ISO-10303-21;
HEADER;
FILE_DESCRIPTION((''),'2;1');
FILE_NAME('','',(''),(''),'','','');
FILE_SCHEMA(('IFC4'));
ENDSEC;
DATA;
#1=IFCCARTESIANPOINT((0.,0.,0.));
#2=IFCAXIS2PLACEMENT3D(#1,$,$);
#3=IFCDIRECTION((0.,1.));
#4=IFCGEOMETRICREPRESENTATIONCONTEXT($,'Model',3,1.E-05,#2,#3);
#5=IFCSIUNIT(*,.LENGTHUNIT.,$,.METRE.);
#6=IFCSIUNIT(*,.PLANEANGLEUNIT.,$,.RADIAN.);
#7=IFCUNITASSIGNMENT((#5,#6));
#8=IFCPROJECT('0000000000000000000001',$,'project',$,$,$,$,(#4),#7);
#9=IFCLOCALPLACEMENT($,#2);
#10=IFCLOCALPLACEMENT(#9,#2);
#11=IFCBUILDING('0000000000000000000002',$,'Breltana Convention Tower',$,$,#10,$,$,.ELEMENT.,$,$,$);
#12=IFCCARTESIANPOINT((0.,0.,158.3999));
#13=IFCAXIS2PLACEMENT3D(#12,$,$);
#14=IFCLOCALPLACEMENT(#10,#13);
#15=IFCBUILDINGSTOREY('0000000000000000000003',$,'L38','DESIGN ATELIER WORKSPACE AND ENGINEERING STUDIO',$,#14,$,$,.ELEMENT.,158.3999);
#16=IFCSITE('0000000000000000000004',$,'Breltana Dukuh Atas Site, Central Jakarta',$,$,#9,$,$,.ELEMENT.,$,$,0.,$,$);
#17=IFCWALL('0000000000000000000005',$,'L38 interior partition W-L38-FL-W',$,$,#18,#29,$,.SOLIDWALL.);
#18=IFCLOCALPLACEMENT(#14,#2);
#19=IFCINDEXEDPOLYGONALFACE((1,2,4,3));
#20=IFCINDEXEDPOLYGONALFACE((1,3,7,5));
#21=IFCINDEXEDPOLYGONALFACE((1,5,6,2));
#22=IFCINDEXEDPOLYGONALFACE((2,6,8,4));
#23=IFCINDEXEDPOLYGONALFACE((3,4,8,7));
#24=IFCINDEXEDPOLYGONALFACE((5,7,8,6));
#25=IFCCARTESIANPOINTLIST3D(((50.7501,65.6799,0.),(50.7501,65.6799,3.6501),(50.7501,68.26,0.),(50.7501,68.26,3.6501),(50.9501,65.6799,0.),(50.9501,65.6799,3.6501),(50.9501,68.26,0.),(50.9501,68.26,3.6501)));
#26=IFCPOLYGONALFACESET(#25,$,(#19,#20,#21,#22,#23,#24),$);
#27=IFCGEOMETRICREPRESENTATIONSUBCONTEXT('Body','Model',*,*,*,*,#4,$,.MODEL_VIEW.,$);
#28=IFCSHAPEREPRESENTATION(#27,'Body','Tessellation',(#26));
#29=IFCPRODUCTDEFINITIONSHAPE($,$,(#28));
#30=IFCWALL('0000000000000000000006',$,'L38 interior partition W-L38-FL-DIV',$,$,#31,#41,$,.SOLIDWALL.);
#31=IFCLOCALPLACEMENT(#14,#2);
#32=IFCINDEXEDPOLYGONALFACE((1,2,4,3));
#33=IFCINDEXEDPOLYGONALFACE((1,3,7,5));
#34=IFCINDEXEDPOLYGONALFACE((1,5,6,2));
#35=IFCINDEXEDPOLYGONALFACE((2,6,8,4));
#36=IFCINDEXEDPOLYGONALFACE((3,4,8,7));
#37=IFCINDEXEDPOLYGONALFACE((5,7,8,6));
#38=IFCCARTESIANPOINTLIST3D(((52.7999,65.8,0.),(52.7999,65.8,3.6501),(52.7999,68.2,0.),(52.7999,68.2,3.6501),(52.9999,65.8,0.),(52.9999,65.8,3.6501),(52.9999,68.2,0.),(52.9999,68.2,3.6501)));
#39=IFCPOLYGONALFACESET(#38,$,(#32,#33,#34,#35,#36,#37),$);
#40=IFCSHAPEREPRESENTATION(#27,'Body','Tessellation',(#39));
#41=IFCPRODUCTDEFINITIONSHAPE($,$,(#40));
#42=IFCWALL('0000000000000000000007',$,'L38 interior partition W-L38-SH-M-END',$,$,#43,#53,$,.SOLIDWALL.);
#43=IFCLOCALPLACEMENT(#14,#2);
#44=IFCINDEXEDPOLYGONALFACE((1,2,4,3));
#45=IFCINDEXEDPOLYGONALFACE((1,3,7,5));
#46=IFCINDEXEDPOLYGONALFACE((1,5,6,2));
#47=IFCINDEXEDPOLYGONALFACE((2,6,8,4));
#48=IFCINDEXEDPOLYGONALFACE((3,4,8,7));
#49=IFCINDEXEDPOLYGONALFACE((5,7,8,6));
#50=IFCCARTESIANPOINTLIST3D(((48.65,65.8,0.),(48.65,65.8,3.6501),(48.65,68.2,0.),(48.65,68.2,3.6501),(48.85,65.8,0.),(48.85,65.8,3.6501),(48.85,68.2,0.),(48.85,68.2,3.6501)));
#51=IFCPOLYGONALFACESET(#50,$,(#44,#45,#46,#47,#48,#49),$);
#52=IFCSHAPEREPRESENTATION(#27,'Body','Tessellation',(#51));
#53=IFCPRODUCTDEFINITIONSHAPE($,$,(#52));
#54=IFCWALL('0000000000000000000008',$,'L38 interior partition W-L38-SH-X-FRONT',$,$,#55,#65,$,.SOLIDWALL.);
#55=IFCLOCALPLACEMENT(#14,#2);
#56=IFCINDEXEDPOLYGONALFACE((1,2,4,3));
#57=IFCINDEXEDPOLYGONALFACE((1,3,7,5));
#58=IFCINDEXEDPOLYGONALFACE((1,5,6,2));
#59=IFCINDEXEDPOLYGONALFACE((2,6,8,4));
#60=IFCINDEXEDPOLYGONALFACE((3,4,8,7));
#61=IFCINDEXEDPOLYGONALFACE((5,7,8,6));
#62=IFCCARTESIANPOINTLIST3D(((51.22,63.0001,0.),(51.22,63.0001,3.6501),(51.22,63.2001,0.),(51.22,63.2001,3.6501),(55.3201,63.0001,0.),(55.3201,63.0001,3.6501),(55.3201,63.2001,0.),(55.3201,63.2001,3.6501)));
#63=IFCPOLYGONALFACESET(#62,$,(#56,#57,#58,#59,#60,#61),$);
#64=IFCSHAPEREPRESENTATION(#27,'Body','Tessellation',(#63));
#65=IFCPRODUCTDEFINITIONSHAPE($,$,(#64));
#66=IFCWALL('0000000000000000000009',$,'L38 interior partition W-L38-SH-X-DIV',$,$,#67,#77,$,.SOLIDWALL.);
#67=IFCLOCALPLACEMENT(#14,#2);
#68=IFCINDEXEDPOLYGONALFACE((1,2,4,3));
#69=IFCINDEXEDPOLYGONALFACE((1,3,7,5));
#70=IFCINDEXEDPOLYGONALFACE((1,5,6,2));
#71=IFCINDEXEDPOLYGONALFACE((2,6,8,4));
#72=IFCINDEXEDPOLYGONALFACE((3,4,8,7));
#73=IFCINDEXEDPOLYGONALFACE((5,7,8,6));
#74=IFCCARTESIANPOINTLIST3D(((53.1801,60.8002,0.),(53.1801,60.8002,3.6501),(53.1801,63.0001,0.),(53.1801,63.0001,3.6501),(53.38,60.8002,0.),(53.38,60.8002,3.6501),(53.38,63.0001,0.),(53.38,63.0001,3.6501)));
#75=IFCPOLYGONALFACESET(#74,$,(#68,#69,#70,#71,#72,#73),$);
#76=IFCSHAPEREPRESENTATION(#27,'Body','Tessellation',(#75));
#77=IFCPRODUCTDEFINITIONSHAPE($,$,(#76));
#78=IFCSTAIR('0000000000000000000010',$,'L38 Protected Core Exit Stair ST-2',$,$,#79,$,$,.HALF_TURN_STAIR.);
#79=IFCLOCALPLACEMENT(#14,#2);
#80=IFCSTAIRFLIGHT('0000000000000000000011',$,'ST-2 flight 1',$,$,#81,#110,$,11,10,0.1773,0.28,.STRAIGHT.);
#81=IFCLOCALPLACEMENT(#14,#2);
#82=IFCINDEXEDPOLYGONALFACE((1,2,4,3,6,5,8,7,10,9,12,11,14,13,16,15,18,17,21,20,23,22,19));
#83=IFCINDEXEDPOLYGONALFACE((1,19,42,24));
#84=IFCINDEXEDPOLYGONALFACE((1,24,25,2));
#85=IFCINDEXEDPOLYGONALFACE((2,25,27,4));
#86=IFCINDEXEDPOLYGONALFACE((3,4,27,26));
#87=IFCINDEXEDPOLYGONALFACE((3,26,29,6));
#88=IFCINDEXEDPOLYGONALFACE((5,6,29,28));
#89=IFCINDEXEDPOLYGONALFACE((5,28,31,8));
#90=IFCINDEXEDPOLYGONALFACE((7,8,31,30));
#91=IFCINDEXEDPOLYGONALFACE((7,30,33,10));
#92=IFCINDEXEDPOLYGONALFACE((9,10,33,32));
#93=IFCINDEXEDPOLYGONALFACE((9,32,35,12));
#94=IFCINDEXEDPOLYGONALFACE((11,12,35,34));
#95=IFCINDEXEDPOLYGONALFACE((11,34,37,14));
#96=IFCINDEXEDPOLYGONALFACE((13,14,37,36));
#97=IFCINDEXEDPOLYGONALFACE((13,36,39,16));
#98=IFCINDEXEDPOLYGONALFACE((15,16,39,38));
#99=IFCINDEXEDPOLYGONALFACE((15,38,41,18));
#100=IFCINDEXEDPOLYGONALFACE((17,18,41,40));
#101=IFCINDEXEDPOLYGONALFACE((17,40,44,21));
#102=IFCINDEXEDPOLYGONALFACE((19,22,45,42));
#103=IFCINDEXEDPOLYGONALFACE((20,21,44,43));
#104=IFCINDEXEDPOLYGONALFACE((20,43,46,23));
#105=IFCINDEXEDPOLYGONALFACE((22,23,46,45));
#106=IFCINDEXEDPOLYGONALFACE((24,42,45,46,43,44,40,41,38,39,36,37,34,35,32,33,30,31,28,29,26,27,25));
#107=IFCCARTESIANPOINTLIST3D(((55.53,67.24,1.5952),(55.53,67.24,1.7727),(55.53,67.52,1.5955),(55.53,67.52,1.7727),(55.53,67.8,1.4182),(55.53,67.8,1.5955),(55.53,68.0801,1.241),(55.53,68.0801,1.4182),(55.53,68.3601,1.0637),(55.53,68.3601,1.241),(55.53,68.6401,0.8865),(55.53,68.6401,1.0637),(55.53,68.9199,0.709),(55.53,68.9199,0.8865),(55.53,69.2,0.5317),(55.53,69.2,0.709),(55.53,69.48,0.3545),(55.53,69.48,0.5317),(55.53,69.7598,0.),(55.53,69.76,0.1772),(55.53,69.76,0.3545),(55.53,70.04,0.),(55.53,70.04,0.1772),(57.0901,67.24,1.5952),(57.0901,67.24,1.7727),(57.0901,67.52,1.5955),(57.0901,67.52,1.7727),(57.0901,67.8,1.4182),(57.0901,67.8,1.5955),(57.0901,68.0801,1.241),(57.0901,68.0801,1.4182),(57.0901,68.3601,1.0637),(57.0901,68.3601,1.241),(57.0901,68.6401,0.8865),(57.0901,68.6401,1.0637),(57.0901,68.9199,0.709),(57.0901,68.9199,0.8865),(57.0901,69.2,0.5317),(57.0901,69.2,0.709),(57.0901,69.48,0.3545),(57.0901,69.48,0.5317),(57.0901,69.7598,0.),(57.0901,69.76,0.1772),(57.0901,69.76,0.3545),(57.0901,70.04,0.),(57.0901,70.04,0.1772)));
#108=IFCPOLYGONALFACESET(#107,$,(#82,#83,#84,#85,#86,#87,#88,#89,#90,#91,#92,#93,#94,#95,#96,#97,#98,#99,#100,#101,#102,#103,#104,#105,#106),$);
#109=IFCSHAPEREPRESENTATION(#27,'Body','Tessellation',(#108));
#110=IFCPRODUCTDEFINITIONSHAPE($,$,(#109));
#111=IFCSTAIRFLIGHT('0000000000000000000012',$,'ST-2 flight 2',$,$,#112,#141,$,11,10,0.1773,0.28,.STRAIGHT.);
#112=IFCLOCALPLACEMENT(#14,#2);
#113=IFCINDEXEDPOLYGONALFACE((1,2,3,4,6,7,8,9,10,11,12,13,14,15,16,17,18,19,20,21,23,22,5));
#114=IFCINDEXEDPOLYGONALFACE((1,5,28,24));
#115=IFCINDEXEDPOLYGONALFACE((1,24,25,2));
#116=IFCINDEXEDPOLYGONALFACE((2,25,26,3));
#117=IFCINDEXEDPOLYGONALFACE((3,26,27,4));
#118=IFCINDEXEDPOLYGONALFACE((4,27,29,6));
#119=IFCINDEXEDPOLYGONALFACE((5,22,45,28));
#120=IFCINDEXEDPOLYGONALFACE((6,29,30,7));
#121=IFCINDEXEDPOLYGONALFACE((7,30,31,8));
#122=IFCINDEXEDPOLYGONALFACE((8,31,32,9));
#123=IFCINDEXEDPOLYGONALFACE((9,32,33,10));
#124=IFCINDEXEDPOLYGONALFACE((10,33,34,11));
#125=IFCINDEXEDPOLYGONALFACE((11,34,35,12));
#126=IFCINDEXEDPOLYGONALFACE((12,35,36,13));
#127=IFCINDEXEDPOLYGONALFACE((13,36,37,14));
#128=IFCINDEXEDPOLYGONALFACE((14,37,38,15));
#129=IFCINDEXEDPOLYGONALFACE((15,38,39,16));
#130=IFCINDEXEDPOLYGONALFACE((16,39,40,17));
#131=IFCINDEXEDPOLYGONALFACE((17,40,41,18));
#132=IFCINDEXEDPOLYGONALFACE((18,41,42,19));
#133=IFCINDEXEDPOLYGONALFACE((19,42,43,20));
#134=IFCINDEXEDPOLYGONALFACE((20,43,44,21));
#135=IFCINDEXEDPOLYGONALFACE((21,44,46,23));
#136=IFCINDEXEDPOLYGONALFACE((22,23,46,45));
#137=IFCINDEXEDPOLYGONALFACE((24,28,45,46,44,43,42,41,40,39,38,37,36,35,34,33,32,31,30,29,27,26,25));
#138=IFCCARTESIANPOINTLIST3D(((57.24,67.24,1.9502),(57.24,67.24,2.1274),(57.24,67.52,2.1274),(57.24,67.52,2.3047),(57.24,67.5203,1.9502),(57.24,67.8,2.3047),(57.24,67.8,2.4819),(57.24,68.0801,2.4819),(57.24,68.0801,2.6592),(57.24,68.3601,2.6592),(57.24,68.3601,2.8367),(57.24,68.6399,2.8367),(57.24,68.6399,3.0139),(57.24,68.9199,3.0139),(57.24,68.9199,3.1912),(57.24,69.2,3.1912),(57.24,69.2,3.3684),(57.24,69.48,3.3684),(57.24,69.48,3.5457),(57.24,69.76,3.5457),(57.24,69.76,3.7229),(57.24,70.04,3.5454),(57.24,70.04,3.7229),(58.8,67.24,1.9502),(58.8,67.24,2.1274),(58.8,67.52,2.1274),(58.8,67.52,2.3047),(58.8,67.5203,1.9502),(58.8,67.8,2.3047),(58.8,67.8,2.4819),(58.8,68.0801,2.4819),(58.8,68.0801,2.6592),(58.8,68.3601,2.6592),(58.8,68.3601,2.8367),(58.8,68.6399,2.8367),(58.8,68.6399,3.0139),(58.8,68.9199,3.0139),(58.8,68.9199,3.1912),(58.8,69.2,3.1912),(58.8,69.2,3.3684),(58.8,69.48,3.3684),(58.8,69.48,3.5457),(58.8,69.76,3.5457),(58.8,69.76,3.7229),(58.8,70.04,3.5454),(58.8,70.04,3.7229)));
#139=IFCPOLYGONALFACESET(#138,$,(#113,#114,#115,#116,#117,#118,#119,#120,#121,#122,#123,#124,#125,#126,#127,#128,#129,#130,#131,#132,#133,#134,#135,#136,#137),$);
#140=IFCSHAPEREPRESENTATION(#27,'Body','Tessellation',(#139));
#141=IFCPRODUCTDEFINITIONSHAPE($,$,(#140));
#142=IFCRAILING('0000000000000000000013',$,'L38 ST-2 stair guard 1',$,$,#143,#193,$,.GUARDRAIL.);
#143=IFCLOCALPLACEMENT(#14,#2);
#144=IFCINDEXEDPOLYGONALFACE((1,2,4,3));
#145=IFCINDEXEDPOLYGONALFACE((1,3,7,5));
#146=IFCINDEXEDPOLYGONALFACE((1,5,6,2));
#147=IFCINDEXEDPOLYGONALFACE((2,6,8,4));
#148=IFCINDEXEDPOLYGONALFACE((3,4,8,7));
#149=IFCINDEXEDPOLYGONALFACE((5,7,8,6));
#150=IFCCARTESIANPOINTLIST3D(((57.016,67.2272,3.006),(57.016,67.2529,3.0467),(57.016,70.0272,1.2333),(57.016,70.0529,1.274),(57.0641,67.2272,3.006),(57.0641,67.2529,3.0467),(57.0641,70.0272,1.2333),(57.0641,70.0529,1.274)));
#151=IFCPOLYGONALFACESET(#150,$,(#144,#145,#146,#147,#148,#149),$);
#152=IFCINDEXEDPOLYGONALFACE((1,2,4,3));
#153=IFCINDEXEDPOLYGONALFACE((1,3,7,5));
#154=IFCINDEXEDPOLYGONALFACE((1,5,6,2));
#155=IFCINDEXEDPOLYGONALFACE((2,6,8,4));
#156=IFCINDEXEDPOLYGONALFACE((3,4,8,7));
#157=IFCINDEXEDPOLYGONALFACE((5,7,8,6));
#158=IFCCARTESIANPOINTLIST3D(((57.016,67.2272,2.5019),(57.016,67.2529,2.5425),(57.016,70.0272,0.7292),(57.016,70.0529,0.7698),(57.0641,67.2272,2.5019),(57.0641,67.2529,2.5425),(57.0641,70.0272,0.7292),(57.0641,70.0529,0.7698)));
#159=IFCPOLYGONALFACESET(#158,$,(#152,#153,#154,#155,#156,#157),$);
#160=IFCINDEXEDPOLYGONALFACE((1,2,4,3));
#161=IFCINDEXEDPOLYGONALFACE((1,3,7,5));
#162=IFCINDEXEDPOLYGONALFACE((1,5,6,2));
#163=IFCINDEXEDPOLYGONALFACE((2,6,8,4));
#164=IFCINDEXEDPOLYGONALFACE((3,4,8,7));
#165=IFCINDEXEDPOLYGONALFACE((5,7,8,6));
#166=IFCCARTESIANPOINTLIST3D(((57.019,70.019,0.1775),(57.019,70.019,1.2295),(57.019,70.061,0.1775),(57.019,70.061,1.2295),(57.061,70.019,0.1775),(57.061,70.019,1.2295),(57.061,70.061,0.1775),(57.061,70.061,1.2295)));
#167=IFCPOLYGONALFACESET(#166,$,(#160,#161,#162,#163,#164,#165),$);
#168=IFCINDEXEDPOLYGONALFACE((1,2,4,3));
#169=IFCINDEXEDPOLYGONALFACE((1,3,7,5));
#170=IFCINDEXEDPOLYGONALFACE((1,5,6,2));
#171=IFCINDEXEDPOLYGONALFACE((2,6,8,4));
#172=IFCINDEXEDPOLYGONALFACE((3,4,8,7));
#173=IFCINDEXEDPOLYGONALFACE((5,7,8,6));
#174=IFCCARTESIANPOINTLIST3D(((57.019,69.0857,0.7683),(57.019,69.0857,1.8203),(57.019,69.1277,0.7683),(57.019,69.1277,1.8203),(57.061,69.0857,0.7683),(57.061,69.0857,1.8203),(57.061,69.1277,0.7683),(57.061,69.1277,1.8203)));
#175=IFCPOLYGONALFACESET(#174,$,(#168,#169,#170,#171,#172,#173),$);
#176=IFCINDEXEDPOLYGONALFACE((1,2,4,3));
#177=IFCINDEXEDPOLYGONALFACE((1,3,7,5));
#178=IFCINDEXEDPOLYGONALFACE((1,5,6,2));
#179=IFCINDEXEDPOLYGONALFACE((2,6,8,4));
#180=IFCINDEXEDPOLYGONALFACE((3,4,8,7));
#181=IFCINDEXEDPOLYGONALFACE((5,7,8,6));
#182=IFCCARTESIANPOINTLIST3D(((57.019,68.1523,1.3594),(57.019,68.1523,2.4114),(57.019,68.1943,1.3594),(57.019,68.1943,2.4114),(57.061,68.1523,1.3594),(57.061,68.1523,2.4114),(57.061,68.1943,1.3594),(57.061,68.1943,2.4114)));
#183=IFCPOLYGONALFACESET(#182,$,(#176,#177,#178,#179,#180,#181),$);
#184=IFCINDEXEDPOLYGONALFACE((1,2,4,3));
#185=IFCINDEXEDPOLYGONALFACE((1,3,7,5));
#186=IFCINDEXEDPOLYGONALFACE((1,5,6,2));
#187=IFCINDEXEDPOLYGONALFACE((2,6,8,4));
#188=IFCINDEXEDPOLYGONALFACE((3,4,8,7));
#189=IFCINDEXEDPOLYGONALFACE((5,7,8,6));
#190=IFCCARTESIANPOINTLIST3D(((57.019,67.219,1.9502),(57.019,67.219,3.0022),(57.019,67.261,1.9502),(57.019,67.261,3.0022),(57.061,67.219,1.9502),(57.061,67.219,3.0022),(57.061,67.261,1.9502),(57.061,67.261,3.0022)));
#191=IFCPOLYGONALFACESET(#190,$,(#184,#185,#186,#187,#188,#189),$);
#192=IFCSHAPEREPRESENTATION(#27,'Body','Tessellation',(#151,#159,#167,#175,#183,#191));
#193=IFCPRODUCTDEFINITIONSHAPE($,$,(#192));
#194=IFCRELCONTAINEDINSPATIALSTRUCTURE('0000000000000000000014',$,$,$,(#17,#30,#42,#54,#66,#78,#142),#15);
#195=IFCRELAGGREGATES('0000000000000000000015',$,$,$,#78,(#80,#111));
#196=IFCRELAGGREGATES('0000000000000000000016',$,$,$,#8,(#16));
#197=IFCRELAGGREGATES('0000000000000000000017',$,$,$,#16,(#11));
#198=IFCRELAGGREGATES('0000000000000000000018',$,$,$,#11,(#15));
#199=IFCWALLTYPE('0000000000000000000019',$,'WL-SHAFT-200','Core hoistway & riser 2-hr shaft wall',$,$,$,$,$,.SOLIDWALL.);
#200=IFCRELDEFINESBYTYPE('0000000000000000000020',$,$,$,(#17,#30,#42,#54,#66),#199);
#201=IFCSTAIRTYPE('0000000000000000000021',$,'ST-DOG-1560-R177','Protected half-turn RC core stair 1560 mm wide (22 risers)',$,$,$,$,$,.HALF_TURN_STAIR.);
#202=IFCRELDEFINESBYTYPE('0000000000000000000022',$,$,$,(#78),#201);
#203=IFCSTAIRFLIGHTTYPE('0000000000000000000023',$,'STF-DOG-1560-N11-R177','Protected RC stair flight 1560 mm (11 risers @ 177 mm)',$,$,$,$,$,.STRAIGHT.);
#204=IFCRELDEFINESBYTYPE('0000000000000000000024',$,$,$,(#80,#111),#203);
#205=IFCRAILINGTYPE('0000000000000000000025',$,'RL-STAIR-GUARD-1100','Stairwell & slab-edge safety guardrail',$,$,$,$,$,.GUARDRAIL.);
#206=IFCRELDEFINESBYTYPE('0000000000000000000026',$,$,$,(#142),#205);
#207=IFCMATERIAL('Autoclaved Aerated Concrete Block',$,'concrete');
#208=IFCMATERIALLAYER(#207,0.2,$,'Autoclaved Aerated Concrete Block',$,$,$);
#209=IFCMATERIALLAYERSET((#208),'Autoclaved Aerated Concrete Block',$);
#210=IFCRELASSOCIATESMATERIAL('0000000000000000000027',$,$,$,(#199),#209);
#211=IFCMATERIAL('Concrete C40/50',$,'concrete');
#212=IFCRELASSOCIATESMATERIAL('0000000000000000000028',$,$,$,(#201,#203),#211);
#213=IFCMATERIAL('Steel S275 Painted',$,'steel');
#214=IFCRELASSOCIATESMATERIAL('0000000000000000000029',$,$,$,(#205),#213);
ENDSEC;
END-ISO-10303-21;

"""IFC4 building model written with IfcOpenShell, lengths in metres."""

from ifc_helpers import new_model, si_unit, direction, frame, frame_2d, origin, origin_2d, place, context, subcontext, project, spatial, polyline, rectangle, outline, extrude, source, transform, mapped, material, layer, layer_set, type_object, element, aggregate, save


model = new_model("IFC4")

# Units and contexts
model_context = context("Model", 3, precision=1e-05, world=origin(), true_north=direction((0.0, 1.0)))
body_context = subcontext(model_context, "Body", "Model", "MODEL_VIEW")
ifc_project = project(units=[si_unit("LENGTHUNIT", "METRE"), si_unit("PLANEANGLEUNIT", "RADIAN")], contexts=[model_context])

# Site, building, storey
site_placement = place(None, origin())
site = spatial("IfcSite", under=ifc_project, at=site_placement, Name="Breltana Dukuh Atas Site, Central Jakarta", CompositionType="ELEMENT", RefElevation=0.0)
building_placement = place(site_placement, origin())
building = spatial("IfcBuilding", under=site, at=building_placement, Name="Breltana Convention Tower", CompositionType="ELEMENT")
storey_placement = place(building_placement, frame((0.0, 0.0, 158.3999)))
storey = spatial("IfcBuildingStorey", under=building, at=storey_placement, Name="L38", Description="DESIGN ATELIER WORKSPACE AND ENGINEERING STUDIO", CompositionType="ELEMENT", Elevation=158.3999)

# Shared definitions
ifc_material_1 = material(Name="Autoclaved Aerated Concrete Block", Category="concrete")
ifc_layer_1 = layer(ifc_material_1, 0.2, Name="Autoclaved Aerated Concrete Block")
ifc_layer_set_1 = layer_set([ifc_layer_1], Name="Autoclaved Aerated Concrete Block")
wall_type_1 = type_object("IfcWallType", Name="WL-SHAFT-200", Description="Core hoistway & riser 2-hr shaft wall", PredefinedType="SOLIDWALL", material=ifc_layer_set_1)

# Walls
shared_shape_1 = source(origin(), body_context, "Body", "SweptSolid", [
    extrude(rectangle(XDim=2.5801, YDim=0.2, at=frame_2d((1.29, 0.0))), origin(), (0.0, 0.0, 1.0), 3.6501),
])
wall_1_placement = place(storey_placement, frame((50.8501, 65.6799, 0.0), z_axis=(0.0, 0.0, 1.0), x_axis=(0.0, 1.0, 0.0)))
element("IfcWall", 1, at=wall_1_placement, inside=storey, type_object=wall_type_1, Name="L38 interior partition W-L38-FL-W", PredefinedType="SOLIDWALL", context=body_context, shape_type="MappedRepresentation", body=[
    mapped(shared_shape_1, transform((0.0, 0.0, 0.0), scale=1.0)),
])
shared_shape_2 = source(origin(), body_context, "Body", "SweptSolid", [
    extrude(rectangle(XDim=2.3999, YDim=0.2, at=frame_2d((1.2, 0.0))), origin(), (0.0, 0.0, 1.0), 3.6501),
])
for number, where, z_axis, x_axis, name in (
    (2, (52.8999, 65.8, 0.0), (0.0, 0.0, 1.0), (0.0, 1.0, 0.0), "L38 interior partition W-L38-FL-DIV"),
    (3, (48.75, 65.8, 0.0), (0.0, 0.0, 1.0), (0.0, 1.0, 0.0), "L38 interior partition W-L38-SH-M-END"),
):
    element("IfcWall", number, at=place(storey_placement, frame(where, z_axis=z_axis, x_axis=x_axis)), inside=storey, type_object=wall_type_1, Name=name, PredefinedType="SOLIDWALL", context=body_context, shape_type="MappedRepresentation", body=[
        mapped(shared_shape_2, transform((0.0, 0.0, 0.0), scale=1.0)),
    ])
shared_shape_3 = source(origin(), body_context, "Body", "SweptSolid", [
    extrude(rectangle(XDim=4.1001, YDim=0.2, at=frame_2d((2.05, 0.0))), origin(), (0.0, 0.0, 1.0), 3.6501),
])
wall_2_placement = place(storey_placement, frame((51.22, 63.1001, 0.0), z_axis=(0.0, 0.0, 1.0), x_axis=(1.0, 0.0, 0.0)))
element("IfcWall", 4, at=wall_2_placement, inside=storey, type_object=wall_type_1, Name="L38 interior partition W-L38-SH-X-FRONT", PredefinedType="SOLIDWALL", context=body_context, shape_type="MappedRepresentation", body=[
    mapped(shared_shape_3, transform((0.0, 0.0, 0.0), scale=1.0)),
])
shared_shape_4 = source(origin(), body_context, "Body", "SweptSolid", [
    extrude(rectangle(XDim=2.2, YDim=0.2, at=frame_2d((1.1001, 0.0))), origin(), (0.0, 0.0, 1.0), 3.6501),
])
wall_3_placement = place(storey_placement, frame((53.28, 60.8, 0.0), z_axis=(0.0, 0.0, 1.0), x_axis=(0.0, 1.0, 0.0)))
element("IfcWall", 5, at=wall_3_placement, inside=storey, type_object=wall_type_1, Name="L38 interior partition W-L38-SH-X-DIV", PredefinedType="SOLIDWALL", context=body_context, shape_type="MappedRepresentation", body=[
    mapped(shared_shape_4, transform((0.0, 0.0, 0.0), scale=1.0)),
])

# Stair, stair flights
ifc_material_2 = material(Name="Concrete C40/50", Category="concrete")
stair_type = type_object("IfcStairType", Name="ST-DOG-1560-R177", Description="Protected half-turn RC core stair 1560 mm wide (22 risers)", PredefinedType="HALF_TURN_STAIR", material=ifc_material_2)
stair_placement = place(storey_placement, origin())
stair = element("IfcStair", 6, at=stair_placement, inside=storey, type_object=stair_type, Name="L38 Protected Core Exit Stair ST-2", PredefinedType="HALF_TURN_STAIR")
stair_flight_type = type_object("IfcStairFlightType", Name="STF-DOG-1560-N11-R177", Description="Protected RC stair flight 1560 mm (11 risers @ 177 mm)", PredefinedType="STRAIGHT", material=ifc_material_2)
stair_flight_1_placement = place(storey_placement, frame((56.3101, 70.04, 0.0), z_axis=(0.0, 0.0, 1.0), x_axis=(0.0, -1.0, 0.0)))
stair_flight_1 = element("IfcStairFlight", 7, at=stair_flight_1_placement, type_object=stair_flight_type, Name="ST-2 flight 1", NumberOfRisers=11, NumberOfTreads=10, PredefinedType="STRAIGHT", RiserHeight=0.1773, TreadLength=0.28, context=body_context, shape_type="SweptSolid", body=[
    extrude(outline(polyline([(0.0, 0.0), (0.0, 0.1772), (0.28, 0.1772), (0.28, 0.3545), (0.5601, 0.3545), (0.5601, 0.5317), (0.8401, 0.5317), (0.8401, 0.709), (1.1201, 0.709), (1.1201, 0.8865), (1.3999, 0.8865), (1.3999, 1.0637), (1.6799, 1.0637), (1.6799, 1.241), (1.96, 1.241), (1.96, 1.4182), (2.24, 1.4182), (2.24, 1.5955), (2.52, 1.5955), (2.52, 1.7727), (2.8, 1.7727), (2.8, 1.95), (2.8, 1.5952), (0.2803, 0.0), (0.0, 0.0)])), frame((0.0, 0.78, 0.0), z_axis=(0.0, -1.0, 0.0), x_axis=(1.0, 0.0, 0.0)), (0.0, 0.0, 1.0), 1.5601),
])
stair_flight_2_placement = place(storey_placement, frame((58.02, 67.24, 1.9502), z_axis=(0.0, 0.0, 1.0), x_axis=(0.0, 1.0, 0.0)))
stair_flight_2 = element("IfcStairFlight", 8, at=stair_flight_2_placement, type_object=stair_flight_type, Name="ST-2 flight 2", NumberOfRisers=11, NumberOfTreads=10, PredefinedType="STRAIGHT", RiserHeight=0.1773, TreadLength=0.28, context=body_context, shape_type="SweptSolid", body=[
    extrude(outline(polyline([(0.0, 0.0), (0.0, 0.1772), (0.28, 0.1772), (0.28, 0.3545), (0.5601, 0.3545), (0.5601, 0.5317), (0.8401, 0.5317), (0.8401, 0.709), (1.1201, 0.709), (1.1201, 0.8865), (1.3999, 0.8865), (1.3999, 1.0637), (1.6799, 1.0637), (1.6799, 1.241), (1.96, 1.241), (1.96, 1.4182), (2.24, 1.4182), (2.24, 1.5955), (2.52, 1.5955), (2.52, 1.7727), (2.8, 1.7727), (2.8, 1.95), (2.8, 1.5952), (0.2803, 0.0), (0.0, 0.0)])), frame((0.0, 0.78, 0.0), z_axis=(0.0, -1.0, 0.0), x_axis=(1.0, 0.0, 0.0)), (0.0, 0.0, 1.0), 1.5601),
])
aggregate(stair, [stair_flight_1, stair_flight_2])

# Railing
ifc_material_3 = material(Name="Steel S275 Painted", Category="steel")
railing_type_1 = type_object("IfcRailingType", Name="RL-STAIR-GUARD-1100", Description="Stairwell & slab-edge safety guardrail", PredefinedType="GUARDRAIL", material=ifc_material_3)
railing_1_placement = place(storey_placement, frame((57.04, 70.04, 0.1775)))
element("IfcRailing", 9, at=railing_1_placement, inside=storey, type_object=railing_type_1, Name="L38 ST-2 stair guard 1", PredefinedType="GUARDRAIL", context=body_context, shape_type="SweptSolid", body=[
    extrude(rectangle(XDim=0.0481, YDim=0.0481, at=origin_2d()), frame((0.0, 0.0, 1.0762), z_axis=(0.0, -0.844909, 0.53491), x_axis=(1.0, 0.0, 0.0)), (0.0, 0.0, 1.0), 3.314),
    extrude(rectangle(XDim=0.0481, YDim=0.0481, at=origin_2d()), frame((0.0, 0.0, 0.572), z_axis=(0.0, -0.844909, 0.53491), x_axis=(1.0, 0.0, 0.0)), (0.0, 0.0, 1.0), 3.314),
    extrude(rectangle(XDim=0.042, YDim=0.042, at=origin_2d()), origin(), (0.0, 0.0, 1.0), 1.052),
    extrude(rectangle(XDim=0.042, YDim=0.042, at=origin_2d()), frame((0.0, -0.9333, 0.5908)), (0.0, 0.0, 1.0), 1.052),
    extrude(rectangle(XDim=0.042, YDim=0.042, at=origin_2d()), frame((0.0, -1.8667, 1.1819)), (0.0, 0.0, 1.0), 1.052),
    extrude(rectangle(XDim=0.042, YDim=0.042, at=origin_2d()), frame((0.0, -2.8, 1.7727)), (0.0, 0.0, 1.0), 1.052),
])

save(model, "model.ifc")
